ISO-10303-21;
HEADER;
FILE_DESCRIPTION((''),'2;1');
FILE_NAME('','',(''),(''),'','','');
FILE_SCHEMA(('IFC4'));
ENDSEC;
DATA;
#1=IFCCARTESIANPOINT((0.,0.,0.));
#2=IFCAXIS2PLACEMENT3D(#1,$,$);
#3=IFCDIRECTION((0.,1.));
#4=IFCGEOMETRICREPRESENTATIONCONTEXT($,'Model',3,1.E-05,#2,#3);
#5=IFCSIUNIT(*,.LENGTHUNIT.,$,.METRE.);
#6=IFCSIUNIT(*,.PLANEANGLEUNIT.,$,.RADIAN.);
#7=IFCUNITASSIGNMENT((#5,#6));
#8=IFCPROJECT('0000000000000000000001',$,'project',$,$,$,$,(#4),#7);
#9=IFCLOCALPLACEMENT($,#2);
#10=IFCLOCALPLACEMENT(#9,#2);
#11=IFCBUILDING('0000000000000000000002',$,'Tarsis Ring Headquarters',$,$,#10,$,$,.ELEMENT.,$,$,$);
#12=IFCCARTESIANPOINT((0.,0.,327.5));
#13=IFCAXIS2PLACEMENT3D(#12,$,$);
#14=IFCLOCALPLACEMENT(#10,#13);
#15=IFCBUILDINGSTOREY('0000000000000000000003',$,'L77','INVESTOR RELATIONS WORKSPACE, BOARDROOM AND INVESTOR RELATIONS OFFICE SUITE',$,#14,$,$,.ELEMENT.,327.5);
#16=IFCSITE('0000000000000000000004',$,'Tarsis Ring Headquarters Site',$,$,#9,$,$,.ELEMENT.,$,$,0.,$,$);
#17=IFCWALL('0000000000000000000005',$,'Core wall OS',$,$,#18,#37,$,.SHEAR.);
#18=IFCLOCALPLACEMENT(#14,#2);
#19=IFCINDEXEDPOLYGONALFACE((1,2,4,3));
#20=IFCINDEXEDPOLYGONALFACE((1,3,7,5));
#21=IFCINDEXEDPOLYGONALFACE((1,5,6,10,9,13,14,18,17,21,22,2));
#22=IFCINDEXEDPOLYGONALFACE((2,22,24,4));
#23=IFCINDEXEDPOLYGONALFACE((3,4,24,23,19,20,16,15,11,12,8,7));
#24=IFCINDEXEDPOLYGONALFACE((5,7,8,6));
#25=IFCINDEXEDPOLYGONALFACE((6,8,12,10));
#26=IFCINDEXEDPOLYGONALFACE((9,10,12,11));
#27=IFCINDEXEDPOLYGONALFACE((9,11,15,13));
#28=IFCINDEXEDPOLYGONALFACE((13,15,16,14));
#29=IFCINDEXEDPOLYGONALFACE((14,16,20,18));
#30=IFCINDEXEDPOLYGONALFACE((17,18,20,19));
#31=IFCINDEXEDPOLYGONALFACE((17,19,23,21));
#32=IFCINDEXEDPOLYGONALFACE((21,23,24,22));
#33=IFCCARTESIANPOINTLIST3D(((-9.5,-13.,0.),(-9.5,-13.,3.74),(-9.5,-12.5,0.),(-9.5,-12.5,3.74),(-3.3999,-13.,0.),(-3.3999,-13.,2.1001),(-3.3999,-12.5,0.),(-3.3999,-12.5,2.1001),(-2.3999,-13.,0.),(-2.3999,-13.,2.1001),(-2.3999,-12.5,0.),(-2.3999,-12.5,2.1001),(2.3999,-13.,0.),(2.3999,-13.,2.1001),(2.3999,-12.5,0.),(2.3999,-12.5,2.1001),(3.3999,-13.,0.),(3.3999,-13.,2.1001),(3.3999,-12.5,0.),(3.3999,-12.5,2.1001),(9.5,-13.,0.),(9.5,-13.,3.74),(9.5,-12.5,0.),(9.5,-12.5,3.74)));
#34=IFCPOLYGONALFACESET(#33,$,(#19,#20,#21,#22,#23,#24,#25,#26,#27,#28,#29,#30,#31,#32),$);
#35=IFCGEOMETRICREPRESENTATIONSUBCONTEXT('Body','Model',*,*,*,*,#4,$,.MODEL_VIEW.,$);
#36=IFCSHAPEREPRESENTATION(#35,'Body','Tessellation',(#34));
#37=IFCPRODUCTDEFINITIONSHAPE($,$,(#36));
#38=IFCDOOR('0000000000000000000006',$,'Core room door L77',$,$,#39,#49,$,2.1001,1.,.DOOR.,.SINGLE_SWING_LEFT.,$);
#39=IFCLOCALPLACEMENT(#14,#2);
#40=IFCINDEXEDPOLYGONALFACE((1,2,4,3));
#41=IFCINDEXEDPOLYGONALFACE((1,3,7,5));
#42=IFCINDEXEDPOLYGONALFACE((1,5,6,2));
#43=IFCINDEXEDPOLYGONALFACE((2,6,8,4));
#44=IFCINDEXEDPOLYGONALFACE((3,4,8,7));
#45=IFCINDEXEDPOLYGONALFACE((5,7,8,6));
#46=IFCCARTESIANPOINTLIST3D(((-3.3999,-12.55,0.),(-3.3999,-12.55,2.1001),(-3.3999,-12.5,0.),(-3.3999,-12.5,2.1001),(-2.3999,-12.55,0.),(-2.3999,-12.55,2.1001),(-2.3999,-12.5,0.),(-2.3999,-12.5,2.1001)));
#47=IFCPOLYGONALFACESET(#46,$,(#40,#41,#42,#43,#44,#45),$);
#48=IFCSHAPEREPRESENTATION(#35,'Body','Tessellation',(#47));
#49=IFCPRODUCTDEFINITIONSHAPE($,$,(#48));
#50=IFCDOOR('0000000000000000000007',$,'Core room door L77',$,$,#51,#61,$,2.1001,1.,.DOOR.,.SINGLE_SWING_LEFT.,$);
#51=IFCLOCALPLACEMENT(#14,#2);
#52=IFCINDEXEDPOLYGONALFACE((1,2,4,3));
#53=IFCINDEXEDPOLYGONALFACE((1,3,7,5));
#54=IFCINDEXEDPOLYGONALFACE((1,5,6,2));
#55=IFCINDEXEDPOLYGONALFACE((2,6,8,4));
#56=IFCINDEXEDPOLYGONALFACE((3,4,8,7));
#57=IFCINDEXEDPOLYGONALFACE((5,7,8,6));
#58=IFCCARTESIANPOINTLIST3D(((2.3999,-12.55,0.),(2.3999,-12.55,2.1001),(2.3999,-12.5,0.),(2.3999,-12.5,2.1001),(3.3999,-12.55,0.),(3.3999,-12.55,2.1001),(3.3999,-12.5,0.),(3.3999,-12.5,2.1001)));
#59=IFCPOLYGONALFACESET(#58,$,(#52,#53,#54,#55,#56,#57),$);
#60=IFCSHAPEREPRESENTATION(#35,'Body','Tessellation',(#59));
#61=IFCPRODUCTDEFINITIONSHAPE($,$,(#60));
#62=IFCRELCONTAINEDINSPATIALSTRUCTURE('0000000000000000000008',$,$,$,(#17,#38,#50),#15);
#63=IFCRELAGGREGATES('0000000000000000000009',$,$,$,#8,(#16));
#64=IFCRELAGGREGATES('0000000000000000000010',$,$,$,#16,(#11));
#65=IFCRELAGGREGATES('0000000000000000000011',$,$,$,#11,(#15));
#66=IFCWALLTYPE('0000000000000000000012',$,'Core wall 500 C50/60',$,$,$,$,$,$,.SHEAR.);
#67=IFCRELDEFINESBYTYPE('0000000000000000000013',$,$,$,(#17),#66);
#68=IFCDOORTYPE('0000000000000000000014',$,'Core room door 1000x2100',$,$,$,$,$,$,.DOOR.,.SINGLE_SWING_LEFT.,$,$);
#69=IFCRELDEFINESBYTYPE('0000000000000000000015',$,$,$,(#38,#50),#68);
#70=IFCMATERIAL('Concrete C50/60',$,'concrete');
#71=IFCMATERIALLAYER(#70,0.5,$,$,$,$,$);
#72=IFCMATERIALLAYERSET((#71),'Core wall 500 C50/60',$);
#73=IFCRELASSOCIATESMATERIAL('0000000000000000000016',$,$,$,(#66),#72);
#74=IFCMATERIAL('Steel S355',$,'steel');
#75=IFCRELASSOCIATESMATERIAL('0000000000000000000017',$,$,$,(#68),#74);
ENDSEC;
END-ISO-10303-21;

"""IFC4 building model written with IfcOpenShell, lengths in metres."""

from ifc_helpers import new_model, si_unit, direction, frame, frame_2d, origin, place, context, subcontext, project, spatial, rectangle, extrude, material, layer, layer_set, type_object, element, fill, save


model = new_model("IFC4")

# Units and contexts
model_context = context("Model", 3, precision=1e-05, world=origin(), true_north=direction((0.0, 1.0)))
body_context = subcontext(model_context, "Body", "Model", "MODEL_VIEW")
ifc_project = project(units=[si_unit("LENGTHUNIT", "METRE"), si_unit("PLANEANGLEUNIT", "RADIAN")], contexts=[model_context])

# Site, building, storey
site_placement = place(None, origin())
site = spatial("IfcSite", under=ifc_project, at=site_placement, Name="Tarsis Ring Headquarters Site", CompositionType="ELEMENT", RefElevation=0.0)
building_placement = place(site_placement, origin())
building = spatial("IfcBuilding", under=site, at=building_placement, Name="Tarsis Ring Headquarters", CompositionType="ELEMENT")
storey_placement = place(building_placement, frame((0.0, 0.0, 327.5)))
storey = spatial("IfcBuildingStorey", under=building, at=storey_placement, Name="L77", Description="INVESTOR RELATIONS WORKSPACE, BOARDROOM AND INVESTOR RELATIONS OFFICE SUITE", CompositionType="ELEMENT", Elevation=327.5)

# Wall, openings, doors
ifc_material_1 = material(Name="Concrete C50/60", Category="concrete")
ifc_layer = layer(ifc_material_1, 0.5)
ifc_layer_set = layer_set([ifc_layer], Name="Core wall 500 C50/60")
wall_type = type_object("IfcWallType", Name="Core wall 500 C50/60", PredefinedType="SHEAR", material=ifc_layer_set)
ifc_material_2 = material(Name="Steel S355", Category="steel")
door_type_1 = type_object("IfcDoorType", Name="Core room door 1000x2100", OperationType="SINGLE_SWING_LEFT", PredefinedType="DOOR", material=ifc_material_2)
wall_1_placement = place(storey_placement, frame((-9.5, -12.75, 0.0), z_axis=(0.0, 0.0, 1.0), x_axis=(1.0, 0.0, 0.0)))
wall_1 = element("IfcWall", 1, at=wall_1_placement, inside=storey, type_object=wall_type, Name="Core wall OS", PredefinedType="SHEAR", context=body_context, shape_type="SweptSolid", body=[
    extrude(rectangle(XDim=19.0, YDim=0.5, at=frame_2d((9.5, 0.0))), origin(), (0.0, 0.0, 1.0), 3.74),
])
opening_1_placement = place(wall_1_placement, frame((6.1001, 0.0, 0.0)))
opening_1 = element("IfcOpeningElement", 2, at=opening_1_placement, cuts=wall_1, PredefinedType="OPENING", context=body_context, shape_type="SweptSolid", body=[
    extrude(rectangle(XDim=1.0, YDim=2.1001, at=frame_2d((0.5, 1.05))), frame((0.0, 0.26, 0.0), z_axis=(0.0, -1.0, 0.0), x_axis=(1.0, 0.0, 0.0)), (0.0, 0.0, 1.0), 0.52),
])
opening_2_placement = place(wall_1_placement, frame((11.8999, 0.0, 0.0)))
opening_2 = element("IfcOpeningElement", 3, at=opening_2_placement, cuts=wall_1, PredefinedType="OPENING", context=body_context, shape_type="SweptSolid", body=[
    extrude(rectangle(XDim=1.0, YDim=2.1001, at=frame_2d((0.5, 1.05))), frame((0.0, 0.26, 0.0), z_axis=(0.0, -1.0, 0.0), x_axis=(1.0, 0.0, 0.0)), (0.0, 0.0, 1.0), 0.52),
])
door_1_placement = place(opening_1_placement, origin())
door_1 = element("IfcDoor", 4, at=door_1_placement, inside=storey, type_object=door_type_1, Name="Core room door L77", OperationType="SINGLE_SWING_LEFT", OverallHeight=2.1001, OverallWidth=1.0, PredefinedType="DOOR", context=body_context, shape_type="SweptSolid", body=[
    extrude(rectangle(XDim=1.0, YDim=2.1001, at=frame_2d((0.5, 1.05))), frame((0.0, 0.25, 0.0), z_axis=(0.0, -1.0, 0.0), x_axis=(1.0, 0.0, 0.0)), (0.0, 0.0, 1.0), 0.05),
])
fill(opening_1, door_1)
door_2_placement = place(opening_2_placement, origin())
door_2 = element("IfcDoor", 5, at=door_2_placement, inside=storey, type_object=door_type_1, Name="Core room door L77", OperationType="SINGLE_SWING_LEFT", OverallHeight=2.1001, OverallWidth=1.0, PredefinedType="DOOR", context=body_context, shape_type="SweptSolid", body=[
    extrude(rectangle(XDim=1.0, YDim=2.1001, at=frame_2d((0.5, 1.05))), frame((0.0, 0.25, 0.0), z_axis=(0.0, -1.0, 0.0), x_axis=(1.0, 0.0, 0.0)), (0.0, 0.0, 1.0), 0.05),
])
fill(opening_2, door_2)

save(model, "model.ifc")
